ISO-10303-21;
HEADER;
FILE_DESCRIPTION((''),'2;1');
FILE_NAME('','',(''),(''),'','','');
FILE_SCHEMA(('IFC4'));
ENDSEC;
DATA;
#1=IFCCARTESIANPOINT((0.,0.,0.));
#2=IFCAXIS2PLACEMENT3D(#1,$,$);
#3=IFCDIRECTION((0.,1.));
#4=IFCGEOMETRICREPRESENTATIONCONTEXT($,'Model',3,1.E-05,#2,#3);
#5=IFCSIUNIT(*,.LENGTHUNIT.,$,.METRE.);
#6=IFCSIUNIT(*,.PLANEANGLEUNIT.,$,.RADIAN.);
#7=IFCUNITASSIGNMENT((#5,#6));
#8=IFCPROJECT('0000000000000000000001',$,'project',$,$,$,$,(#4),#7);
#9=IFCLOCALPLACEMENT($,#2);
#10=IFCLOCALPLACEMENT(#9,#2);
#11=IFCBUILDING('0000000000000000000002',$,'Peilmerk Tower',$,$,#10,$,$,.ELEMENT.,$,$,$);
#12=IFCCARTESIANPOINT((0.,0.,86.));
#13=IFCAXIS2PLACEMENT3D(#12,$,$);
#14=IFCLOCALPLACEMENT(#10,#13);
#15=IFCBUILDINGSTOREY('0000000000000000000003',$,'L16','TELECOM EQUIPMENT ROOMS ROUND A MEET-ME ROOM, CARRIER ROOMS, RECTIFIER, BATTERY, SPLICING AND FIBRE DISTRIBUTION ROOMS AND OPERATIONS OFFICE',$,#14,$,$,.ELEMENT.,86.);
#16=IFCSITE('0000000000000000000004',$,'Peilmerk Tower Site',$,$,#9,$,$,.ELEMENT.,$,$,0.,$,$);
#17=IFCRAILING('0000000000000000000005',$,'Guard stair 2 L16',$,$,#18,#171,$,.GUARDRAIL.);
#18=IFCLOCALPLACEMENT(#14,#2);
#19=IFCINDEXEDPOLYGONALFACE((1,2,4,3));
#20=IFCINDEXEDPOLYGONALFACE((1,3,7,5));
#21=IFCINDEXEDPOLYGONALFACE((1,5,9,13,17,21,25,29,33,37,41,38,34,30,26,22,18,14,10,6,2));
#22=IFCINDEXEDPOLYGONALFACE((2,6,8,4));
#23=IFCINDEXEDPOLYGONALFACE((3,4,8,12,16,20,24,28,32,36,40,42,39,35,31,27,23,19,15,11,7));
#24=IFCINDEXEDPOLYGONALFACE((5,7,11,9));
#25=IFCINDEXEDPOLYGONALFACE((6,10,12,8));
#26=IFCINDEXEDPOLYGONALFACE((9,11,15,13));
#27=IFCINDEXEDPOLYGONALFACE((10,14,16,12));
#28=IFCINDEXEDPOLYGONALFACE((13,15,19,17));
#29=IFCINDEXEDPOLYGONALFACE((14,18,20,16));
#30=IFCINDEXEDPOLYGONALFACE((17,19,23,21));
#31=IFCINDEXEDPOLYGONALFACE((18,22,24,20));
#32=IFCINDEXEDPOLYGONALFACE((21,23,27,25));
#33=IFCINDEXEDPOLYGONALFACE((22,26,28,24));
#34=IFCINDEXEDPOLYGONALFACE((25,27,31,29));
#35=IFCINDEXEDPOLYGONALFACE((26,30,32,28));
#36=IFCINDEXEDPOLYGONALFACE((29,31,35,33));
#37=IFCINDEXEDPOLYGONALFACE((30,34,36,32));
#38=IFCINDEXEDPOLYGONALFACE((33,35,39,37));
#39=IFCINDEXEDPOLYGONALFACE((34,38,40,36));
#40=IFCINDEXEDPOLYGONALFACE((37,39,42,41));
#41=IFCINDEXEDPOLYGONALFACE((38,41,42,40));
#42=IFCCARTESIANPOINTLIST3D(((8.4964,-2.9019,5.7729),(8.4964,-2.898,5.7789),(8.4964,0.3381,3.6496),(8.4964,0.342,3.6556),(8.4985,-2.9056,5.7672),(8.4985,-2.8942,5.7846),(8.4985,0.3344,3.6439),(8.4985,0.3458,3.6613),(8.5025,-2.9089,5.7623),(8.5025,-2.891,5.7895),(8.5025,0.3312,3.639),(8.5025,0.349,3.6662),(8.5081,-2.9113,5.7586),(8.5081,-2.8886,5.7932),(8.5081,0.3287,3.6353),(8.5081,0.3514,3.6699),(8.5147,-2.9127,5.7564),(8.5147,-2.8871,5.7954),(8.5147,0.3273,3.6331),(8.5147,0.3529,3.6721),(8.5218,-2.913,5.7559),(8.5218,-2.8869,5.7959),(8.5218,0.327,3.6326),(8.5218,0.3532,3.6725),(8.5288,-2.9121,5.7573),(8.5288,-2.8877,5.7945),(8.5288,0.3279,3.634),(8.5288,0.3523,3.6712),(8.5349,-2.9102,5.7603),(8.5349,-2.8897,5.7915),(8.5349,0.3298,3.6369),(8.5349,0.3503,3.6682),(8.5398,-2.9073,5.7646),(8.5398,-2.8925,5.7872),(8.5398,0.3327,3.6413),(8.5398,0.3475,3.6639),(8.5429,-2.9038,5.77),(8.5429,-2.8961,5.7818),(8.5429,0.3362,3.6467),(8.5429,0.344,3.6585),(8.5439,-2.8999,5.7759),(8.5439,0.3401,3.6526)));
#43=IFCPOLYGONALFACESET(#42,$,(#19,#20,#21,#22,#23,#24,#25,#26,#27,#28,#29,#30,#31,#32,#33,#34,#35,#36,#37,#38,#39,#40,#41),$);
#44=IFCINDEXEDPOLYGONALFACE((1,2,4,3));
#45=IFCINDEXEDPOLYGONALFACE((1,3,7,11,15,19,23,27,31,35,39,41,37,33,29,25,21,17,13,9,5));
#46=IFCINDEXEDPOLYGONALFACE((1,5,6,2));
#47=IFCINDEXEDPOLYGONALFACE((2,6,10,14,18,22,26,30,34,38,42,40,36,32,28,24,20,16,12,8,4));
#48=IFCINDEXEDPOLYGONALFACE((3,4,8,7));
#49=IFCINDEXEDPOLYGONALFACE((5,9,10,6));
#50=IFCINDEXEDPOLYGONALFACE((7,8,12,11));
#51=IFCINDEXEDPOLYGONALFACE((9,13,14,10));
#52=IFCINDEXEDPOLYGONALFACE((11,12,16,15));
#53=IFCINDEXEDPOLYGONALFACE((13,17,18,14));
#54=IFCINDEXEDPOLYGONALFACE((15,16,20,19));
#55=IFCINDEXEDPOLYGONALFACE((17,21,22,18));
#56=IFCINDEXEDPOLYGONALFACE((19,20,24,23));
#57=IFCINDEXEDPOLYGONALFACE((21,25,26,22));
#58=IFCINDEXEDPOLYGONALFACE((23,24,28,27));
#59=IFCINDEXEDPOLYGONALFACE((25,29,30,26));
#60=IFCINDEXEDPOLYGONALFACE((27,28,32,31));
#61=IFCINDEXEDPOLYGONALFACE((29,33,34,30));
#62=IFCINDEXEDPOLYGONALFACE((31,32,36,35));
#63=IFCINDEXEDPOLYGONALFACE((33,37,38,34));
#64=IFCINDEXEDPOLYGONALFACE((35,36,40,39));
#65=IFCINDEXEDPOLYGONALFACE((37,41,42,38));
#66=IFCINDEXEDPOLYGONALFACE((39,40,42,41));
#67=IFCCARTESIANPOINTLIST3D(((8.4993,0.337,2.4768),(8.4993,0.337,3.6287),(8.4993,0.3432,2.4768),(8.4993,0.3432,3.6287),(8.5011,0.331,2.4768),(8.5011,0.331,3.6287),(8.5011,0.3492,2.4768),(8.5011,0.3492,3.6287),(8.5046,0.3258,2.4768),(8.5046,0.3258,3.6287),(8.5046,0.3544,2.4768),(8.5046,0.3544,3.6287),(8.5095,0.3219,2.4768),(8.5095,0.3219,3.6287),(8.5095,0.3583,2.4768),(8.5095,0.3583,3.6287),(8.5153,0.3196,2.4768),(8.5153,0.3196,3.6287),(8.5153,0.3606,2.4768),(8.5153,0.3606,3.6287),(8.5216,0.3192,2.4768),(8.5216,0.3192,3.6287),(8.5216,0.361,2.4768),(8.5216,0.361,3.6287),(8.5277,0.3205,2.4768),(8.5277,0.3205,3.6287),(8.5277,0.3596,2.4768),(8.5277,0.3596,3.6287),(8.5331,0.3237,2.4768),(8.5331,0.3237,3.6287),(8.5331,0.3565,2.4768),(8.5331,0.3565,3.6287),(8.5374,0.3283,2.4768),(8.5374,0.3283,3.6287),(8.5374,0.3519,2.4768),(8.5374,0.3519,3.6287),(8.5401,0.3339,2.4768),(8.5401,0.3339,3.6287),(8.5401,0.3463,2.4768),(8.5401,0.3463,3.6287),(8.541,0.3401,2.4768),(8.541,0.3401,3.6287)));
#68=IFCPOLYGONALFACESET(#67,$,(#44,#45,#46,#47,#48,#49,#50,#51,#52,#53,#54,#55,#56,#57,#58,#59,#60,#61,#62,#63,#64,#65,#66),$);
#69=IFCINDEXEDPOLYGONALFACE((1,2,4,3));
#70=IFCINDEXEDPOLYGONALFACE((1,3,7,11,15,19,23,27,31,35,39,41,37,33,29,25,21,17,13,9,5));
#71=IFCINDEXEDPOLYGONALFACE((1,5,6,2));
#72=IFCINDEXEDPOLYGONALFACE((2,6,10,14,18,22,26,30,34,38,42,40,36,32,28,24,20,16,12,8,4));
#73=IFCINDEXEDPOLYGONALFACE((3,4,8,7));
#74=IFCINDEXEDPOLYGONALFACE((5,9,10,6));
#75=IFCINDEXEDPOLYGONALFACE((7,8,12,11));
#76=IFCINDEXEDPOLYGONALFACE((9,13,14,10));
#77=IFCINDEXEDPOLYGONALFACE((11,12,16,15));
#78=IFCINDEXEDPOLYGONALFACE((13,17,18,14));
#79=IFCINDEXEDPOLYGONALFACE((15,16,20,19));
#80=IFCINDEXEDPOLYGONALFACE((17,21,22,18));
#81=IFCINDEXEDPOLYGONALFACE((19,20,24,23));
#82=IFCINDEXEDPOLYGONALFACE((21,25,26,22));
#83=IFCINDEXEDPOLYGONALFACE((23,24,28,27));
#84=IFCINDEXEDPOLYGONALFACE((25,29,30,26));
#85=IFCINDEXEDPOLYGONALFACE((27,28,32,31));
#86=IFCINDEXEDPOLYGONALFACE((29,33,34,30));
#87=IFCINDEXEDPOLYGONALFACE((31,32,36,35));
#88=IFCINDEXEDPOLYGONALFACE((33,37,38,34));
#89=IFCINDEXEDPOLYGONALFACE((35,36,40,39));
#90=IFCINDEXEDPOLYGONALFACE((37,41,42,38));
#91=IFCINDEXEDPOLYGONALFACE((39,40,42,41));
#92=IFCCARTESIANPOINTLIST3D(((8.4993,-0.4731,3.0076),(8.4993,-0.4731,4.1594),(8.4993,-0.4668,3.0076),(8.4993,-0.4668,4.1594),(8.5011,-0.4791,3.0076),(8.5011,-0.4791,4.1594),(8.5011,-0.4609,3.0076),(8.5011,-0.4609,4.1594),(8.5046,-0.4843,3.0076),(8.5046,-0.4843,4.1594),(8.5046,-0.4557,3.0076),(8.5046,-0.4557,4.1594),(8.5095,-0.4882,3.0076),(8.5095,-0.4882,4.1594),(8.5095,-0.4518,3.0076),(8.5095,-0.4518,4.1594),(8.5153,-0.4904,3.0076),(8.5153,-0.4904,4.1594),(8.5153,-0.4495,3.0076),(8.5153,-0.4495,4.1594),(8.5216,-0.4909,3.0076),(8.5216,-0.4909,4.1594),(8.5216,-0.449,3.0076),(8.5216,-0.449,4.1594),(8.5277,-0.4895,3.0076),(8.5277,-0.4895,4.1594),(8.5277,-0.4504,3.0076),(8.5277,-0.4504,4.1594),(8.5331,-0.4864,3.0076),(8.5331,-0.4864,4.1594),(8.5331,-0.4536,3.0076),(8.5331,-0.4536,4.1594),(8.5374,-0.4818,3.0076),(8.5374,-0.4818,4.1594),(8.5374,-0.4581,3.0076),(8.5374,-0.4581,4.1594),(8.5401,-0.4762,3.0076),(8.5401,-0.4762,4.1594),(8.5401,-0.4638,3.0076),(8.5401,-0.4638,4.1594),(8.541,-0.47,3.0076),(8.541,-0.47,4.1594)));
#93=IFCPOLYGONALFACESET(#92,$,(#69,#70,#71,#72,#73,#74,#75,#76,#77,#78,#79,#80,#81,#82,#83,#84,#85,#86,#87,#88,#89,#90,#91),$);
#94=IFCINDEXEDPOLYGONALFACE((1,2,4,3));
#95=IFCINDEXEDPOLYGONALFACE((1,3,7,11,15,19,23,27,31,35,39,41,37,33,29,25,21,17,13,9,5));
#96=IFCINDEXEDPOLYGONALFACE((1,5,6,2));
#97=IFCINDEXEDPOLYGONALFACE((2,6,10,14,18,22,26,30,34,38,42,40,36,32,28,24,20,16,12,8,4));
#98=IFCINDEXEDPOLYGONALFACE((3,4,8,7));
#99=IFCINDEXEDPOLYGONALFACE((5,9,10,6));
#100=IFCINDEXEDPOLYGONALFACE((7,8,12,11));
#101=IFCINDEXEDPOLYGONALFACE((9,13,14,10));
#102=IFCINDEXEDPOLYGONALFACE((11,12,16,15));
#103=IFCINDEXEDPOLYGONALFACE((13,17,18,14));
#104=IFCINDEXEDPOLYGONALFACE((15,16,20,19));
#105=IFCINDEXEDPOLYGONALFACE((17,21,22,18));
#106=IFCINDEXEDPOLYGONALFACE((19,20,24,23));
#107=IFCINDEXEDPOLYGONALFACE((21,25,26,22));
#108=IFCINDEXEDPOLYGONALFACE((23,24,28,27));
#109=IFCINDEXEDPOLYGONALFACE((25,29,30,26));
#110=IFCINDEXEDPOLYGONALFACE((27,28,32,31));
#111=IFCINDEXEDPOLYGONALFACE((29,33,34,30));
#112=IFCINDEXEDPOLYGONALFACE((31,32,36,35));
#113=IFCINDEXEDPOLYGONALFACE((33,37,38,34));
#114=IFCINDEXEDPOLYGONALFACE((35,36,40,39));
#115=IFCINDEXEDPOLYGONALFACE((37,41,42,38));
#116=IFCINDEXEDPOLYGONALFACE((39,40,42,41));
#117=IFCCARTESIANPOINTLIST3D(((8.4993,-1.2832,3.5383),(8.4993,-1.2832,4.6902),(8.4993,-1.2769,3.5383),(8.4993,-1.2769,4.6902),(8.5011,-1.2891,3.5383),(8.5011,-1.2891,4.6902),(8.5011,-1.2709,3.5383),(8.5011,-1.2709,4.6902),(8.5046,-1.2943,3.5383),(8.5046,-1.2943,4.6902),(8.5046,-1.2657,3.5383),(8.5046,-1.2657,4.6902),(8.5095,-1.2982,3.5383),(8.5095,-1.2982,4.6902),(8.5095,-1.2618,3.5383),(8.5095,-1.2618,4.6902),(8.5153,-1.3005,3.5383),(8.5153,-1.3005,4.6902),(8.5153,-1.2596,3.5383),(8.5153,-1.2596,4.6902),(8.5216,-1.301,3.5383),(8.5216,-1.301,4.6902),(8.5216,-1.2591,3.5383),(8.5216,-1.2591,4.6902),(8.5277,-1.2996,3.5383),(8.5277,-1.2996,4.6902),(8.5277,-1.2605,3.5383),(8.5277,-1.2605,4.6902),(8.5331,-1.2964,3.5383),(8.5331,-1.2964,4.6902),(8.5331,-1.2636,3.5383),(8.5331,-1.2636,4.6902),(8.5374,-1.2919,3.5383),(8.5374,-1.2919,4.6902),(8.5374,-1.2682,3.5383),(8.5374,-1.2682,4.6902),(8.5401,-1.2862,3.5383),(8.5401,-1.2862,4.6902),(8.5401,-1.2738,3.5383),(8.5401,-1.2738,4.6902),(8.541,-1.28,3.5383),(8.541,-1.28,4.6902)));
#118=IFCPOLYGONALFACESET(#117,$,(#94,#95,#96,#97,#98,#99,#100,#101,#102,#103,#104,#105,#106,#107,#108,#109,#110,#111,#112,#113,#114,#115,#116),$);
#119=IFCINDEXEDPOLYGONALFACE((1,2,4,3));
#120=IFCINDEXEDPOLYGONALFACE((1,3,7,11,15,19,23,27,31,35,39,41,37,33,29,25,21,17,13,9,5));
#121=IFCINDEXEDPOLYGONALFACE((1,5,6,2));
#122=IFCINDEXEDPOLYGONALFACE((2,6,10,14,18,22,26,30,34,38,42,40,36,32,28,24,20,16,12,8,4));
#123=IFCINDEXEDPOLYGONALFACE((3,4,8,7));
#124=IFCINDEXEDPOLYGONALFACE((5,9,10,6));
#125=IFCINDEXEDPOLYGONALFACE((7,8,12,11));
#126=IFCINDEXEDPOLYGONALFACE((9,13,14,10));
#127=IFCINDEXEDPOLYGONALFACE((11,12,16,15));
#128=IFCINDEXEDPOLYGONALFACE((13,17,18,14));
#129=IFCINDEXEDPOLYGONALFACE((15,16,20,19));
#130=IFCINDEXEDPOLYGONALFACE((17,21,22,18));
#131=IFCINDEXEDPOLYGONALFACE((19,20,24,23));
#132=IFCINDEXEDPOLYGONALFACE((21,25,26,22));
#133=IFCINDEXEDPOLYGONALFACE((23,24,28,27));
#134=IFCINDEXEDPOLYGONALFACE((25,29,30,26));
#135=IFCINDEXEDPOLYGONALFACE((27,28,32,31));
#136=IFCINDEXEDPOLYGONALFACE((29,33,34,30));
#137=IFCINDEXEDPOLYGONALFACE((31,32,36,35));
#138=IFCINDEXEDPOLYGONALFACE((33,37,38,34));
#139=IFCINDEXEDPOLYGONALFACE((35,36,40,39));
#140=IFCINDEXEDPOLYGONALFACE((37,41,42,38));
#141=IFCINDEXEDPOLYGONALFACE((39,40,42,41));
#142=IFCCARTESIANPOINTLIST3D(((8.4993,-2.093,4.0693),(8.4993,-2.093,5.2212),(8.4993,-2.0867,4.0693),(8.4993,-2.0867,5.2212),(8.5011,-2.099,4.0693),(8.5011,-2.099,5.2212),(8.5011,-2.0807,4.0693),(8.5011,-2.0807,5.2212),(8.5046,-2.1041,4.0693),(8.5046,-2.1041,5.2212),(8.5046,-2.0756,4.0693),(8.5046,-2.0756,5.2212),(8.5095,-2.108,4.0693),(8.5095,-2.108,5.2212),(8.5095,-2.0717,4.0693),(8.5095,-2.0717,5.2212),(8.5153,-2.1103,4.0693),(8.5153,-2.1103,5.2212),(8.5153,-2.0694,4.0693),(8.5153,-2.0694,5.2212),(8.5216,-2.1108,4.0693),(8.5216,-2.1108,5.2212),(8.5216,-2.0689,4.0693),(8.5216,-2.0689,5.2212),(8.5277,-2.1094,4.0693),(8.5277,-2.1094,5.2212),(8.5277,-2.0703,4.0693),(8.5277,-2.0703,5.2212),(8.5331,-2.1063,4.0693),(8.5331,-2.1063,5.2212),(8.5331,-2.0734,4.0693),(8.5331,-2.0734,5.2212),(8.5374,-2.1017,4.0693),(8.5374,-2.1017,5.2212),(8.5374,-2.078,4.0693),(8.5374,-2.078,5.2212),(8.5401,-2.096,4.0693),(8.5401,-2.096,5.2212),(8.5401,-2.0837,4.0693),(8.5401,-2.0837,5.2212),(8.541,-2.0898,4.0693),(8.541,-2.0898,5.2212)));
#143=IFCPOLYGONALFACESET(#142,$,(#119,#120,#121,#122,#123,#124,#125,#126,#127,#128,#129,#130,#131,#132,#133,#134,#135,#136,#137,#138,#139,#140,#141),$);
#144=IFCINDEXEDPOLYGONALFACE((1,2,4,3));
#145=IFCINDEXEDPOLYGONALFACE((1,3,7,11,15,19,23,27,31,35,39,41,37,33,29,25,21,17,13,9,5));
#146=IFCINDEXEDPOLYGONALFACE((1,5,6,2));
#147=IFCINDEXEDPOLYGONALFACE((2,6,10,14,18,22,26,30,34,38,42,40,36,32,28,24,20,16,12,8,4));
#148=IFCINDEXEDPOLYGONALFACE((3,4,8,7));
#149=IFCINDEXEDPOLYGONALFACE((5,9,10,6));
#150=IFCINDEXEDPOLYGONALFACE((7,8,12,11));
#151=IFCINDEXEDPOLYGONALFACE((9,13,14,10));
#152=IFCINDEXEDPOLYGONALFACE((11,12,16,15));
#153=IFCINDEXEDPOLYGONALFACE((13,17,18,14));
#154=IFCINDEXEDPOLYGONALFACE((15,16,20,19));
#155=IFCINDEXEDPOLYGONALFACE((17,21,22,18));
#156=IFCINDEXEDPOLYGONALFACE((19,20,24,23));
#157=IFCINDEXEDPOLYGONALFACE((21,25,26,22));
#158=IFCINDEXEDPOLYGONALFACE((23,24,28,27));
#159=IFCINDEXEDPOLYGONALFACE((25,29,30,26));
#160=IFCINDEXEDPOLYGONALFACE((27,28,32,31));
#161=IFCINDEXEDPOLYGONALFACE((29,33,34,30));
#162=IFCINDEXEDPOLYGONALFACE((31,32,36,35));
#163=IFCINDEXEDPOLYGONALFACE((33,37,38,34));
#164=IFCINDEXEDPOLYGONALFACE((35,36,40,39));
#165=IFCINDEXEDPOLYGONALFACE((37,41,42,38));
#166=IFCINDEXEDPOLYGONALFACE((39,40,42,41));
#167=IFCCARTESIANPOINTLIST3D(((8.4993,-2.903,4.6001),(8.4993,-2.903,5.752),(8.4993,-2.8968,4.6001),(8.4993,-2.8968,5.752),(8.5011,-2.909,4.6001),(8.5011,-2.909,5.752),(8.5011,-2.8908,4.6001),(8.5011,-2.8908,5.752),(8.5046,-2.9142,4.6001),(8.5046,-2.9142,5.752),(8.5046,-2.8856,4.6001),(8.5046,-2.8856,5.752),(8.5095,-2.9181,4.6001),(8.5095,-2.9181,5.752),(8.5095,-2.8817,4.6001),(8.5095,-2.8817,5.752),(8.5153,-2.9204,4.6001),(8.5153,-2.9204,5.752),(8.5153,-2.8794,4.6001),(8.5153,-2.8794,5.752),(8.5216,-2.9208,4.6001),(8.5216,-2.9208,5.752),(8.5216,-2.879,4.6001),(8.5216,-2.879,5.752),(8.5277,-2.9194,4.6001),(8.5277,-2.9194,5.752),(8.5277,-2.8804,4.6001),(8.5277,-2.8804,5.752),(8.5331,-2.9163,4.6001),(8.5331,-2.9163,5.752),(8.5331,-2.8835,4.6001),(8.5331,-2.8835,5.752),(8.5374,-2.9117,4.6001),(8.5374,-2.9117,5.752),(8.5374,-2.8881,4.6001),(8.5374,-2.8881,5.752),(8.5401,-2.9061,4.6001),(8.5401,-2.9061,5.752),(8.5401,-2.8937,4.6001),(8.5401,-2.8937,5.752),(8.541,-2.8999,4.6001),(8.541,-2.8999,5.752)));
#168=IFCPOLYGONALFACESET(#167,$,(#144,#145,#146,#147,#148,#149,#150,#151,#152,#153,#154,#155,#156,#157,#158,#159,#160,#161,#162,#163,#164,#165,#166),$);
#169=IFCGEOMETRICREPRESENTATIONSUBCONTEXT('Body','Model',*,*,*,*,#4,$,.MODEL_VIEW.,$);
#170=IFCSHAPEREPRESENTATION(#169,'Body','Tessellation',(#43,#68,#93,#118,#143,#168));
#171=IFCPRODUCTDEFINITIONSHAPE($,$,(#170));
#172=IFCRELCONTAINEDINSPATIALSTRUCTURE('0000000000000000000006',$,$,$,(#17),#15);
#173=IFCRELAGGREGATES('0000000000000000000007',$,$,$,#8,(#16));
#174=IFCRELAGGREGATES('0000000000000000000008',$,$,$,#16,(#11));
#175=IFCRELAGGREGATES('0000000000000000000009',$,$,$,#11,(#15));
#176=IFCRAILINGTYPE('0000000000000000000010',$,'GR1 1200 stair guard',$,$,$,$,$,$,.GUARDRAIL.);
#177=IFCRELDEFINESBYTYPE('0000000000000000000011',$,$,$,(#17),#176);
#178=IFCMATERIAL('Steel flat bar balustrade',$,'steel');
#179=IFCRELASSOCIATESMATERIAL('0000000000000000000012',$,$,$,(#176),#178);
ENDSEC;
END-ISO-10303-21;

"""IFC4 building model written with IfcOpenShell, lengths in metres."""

from ifc_helpers import new_model, si_unit, direction, frame, origin, origin_2d, place, context, subcontext, project, spatial, circle, extrude, material, type_object, element, save


model = new_model("IFC4")

# Units and contexts
model_context = context("Model", 3, precision=1e-05, world=origin(), true_north=direction((0.0, 1.0)))
body_context = subcontext(model_context, "Body", "Model", "MODEL_VIEW")
ifc_project = project(units=[si_unit("LENGTHUNIT", "METRE"), si_unit("PLANEANGLEUNIT", "RADIAN")], contexts=[model_context])

# Site, building, storey
site_placement = place(None, origin())
site = spatial("IfcSite", under=ifc_project, at=site_placement, Name="Peilmerk Tower Site", CompositionType="ELEMENT", RefElevation=0.0)
building_placement = place(site_placement, origin())
building = spatial("IfcBuilding", under=site, at=building_placement, Name="Peilmerk Tower", CompositionType="ELEMENT")
storey_placement = place(building_placement, frame((0.0, 0.0, 86.0)))
storey = spatial("IfcBuildingStorey", under=building, at=storey_placement, Name="L16", Description="TELECOM EQUIPMENT ROOMS ROUND A MEET-ME ROOM, CARRIER ROOMS, RECTIFIER, BATTERY, SPLICING AND FIBRE DISTRIBUTION ROOMS AND OPERATIONS OFFICE", CompositionType="ELEMENT", Elevation=86.0)

# Railing
ifc_material_1 = material(Name="Steel flat bar balustrade", Category="steel")
railing_type_1 = type_object("IfcRailingType", Name="GR1 1200 stair guard", PredefinedType="GUARDRAIL", material=ifc_material_1)
railing_1_placement = place(storey_placement, frame((8.52, 0.3401, 2.4768)))
element("IfcRailing", 1, at=railing_1_placement, inside=storey, type_object=railing_type_1, Name="Guard stair 2 L16", PredefinedType="GUARDRAIL", context=body_context, shape_type="SweptSolid", body=[
    extrude(circle(Radius=0.0239, at=origin_2d()), frame((0.0, 0.0, 1.1758), z_axis=(0.0, -0.836397, 0.548124), x_axis=(1.0, 0.0, 0.0)), (0.0, 0.0, 1.0), 3.8738),
    extrude(circle(Radius=0.021, at=origin_2d()), origin(), (0.0, 0.0, 1.0), 1.1519),
    extrude(circle(Radius=0.021, at=origin_2d()), frame((0.0, -0.8101, 0.5308)), (0.0, 0.0, 1.0), 1.1519),
    extrude(circle(Radius=0.021, at=origin_2d()), frame((0.0, -1.6201, 1.0615)), (0.0, 0.0, 1.0), 1.1519),
    extrude(circle(Radius=0.021, at=origin_2d()), frame((0.0, -2.4299, 1.5925)), (0.0, 0.0, 1.0), 1.1519),
    extrude(circle(Radius=0.021, at=origin_2d()), frame((0.0, -3.24, 2.1233)), (0.0, 0.0, 1.0), 1.1519),
])

save(model, "model.ifc")
